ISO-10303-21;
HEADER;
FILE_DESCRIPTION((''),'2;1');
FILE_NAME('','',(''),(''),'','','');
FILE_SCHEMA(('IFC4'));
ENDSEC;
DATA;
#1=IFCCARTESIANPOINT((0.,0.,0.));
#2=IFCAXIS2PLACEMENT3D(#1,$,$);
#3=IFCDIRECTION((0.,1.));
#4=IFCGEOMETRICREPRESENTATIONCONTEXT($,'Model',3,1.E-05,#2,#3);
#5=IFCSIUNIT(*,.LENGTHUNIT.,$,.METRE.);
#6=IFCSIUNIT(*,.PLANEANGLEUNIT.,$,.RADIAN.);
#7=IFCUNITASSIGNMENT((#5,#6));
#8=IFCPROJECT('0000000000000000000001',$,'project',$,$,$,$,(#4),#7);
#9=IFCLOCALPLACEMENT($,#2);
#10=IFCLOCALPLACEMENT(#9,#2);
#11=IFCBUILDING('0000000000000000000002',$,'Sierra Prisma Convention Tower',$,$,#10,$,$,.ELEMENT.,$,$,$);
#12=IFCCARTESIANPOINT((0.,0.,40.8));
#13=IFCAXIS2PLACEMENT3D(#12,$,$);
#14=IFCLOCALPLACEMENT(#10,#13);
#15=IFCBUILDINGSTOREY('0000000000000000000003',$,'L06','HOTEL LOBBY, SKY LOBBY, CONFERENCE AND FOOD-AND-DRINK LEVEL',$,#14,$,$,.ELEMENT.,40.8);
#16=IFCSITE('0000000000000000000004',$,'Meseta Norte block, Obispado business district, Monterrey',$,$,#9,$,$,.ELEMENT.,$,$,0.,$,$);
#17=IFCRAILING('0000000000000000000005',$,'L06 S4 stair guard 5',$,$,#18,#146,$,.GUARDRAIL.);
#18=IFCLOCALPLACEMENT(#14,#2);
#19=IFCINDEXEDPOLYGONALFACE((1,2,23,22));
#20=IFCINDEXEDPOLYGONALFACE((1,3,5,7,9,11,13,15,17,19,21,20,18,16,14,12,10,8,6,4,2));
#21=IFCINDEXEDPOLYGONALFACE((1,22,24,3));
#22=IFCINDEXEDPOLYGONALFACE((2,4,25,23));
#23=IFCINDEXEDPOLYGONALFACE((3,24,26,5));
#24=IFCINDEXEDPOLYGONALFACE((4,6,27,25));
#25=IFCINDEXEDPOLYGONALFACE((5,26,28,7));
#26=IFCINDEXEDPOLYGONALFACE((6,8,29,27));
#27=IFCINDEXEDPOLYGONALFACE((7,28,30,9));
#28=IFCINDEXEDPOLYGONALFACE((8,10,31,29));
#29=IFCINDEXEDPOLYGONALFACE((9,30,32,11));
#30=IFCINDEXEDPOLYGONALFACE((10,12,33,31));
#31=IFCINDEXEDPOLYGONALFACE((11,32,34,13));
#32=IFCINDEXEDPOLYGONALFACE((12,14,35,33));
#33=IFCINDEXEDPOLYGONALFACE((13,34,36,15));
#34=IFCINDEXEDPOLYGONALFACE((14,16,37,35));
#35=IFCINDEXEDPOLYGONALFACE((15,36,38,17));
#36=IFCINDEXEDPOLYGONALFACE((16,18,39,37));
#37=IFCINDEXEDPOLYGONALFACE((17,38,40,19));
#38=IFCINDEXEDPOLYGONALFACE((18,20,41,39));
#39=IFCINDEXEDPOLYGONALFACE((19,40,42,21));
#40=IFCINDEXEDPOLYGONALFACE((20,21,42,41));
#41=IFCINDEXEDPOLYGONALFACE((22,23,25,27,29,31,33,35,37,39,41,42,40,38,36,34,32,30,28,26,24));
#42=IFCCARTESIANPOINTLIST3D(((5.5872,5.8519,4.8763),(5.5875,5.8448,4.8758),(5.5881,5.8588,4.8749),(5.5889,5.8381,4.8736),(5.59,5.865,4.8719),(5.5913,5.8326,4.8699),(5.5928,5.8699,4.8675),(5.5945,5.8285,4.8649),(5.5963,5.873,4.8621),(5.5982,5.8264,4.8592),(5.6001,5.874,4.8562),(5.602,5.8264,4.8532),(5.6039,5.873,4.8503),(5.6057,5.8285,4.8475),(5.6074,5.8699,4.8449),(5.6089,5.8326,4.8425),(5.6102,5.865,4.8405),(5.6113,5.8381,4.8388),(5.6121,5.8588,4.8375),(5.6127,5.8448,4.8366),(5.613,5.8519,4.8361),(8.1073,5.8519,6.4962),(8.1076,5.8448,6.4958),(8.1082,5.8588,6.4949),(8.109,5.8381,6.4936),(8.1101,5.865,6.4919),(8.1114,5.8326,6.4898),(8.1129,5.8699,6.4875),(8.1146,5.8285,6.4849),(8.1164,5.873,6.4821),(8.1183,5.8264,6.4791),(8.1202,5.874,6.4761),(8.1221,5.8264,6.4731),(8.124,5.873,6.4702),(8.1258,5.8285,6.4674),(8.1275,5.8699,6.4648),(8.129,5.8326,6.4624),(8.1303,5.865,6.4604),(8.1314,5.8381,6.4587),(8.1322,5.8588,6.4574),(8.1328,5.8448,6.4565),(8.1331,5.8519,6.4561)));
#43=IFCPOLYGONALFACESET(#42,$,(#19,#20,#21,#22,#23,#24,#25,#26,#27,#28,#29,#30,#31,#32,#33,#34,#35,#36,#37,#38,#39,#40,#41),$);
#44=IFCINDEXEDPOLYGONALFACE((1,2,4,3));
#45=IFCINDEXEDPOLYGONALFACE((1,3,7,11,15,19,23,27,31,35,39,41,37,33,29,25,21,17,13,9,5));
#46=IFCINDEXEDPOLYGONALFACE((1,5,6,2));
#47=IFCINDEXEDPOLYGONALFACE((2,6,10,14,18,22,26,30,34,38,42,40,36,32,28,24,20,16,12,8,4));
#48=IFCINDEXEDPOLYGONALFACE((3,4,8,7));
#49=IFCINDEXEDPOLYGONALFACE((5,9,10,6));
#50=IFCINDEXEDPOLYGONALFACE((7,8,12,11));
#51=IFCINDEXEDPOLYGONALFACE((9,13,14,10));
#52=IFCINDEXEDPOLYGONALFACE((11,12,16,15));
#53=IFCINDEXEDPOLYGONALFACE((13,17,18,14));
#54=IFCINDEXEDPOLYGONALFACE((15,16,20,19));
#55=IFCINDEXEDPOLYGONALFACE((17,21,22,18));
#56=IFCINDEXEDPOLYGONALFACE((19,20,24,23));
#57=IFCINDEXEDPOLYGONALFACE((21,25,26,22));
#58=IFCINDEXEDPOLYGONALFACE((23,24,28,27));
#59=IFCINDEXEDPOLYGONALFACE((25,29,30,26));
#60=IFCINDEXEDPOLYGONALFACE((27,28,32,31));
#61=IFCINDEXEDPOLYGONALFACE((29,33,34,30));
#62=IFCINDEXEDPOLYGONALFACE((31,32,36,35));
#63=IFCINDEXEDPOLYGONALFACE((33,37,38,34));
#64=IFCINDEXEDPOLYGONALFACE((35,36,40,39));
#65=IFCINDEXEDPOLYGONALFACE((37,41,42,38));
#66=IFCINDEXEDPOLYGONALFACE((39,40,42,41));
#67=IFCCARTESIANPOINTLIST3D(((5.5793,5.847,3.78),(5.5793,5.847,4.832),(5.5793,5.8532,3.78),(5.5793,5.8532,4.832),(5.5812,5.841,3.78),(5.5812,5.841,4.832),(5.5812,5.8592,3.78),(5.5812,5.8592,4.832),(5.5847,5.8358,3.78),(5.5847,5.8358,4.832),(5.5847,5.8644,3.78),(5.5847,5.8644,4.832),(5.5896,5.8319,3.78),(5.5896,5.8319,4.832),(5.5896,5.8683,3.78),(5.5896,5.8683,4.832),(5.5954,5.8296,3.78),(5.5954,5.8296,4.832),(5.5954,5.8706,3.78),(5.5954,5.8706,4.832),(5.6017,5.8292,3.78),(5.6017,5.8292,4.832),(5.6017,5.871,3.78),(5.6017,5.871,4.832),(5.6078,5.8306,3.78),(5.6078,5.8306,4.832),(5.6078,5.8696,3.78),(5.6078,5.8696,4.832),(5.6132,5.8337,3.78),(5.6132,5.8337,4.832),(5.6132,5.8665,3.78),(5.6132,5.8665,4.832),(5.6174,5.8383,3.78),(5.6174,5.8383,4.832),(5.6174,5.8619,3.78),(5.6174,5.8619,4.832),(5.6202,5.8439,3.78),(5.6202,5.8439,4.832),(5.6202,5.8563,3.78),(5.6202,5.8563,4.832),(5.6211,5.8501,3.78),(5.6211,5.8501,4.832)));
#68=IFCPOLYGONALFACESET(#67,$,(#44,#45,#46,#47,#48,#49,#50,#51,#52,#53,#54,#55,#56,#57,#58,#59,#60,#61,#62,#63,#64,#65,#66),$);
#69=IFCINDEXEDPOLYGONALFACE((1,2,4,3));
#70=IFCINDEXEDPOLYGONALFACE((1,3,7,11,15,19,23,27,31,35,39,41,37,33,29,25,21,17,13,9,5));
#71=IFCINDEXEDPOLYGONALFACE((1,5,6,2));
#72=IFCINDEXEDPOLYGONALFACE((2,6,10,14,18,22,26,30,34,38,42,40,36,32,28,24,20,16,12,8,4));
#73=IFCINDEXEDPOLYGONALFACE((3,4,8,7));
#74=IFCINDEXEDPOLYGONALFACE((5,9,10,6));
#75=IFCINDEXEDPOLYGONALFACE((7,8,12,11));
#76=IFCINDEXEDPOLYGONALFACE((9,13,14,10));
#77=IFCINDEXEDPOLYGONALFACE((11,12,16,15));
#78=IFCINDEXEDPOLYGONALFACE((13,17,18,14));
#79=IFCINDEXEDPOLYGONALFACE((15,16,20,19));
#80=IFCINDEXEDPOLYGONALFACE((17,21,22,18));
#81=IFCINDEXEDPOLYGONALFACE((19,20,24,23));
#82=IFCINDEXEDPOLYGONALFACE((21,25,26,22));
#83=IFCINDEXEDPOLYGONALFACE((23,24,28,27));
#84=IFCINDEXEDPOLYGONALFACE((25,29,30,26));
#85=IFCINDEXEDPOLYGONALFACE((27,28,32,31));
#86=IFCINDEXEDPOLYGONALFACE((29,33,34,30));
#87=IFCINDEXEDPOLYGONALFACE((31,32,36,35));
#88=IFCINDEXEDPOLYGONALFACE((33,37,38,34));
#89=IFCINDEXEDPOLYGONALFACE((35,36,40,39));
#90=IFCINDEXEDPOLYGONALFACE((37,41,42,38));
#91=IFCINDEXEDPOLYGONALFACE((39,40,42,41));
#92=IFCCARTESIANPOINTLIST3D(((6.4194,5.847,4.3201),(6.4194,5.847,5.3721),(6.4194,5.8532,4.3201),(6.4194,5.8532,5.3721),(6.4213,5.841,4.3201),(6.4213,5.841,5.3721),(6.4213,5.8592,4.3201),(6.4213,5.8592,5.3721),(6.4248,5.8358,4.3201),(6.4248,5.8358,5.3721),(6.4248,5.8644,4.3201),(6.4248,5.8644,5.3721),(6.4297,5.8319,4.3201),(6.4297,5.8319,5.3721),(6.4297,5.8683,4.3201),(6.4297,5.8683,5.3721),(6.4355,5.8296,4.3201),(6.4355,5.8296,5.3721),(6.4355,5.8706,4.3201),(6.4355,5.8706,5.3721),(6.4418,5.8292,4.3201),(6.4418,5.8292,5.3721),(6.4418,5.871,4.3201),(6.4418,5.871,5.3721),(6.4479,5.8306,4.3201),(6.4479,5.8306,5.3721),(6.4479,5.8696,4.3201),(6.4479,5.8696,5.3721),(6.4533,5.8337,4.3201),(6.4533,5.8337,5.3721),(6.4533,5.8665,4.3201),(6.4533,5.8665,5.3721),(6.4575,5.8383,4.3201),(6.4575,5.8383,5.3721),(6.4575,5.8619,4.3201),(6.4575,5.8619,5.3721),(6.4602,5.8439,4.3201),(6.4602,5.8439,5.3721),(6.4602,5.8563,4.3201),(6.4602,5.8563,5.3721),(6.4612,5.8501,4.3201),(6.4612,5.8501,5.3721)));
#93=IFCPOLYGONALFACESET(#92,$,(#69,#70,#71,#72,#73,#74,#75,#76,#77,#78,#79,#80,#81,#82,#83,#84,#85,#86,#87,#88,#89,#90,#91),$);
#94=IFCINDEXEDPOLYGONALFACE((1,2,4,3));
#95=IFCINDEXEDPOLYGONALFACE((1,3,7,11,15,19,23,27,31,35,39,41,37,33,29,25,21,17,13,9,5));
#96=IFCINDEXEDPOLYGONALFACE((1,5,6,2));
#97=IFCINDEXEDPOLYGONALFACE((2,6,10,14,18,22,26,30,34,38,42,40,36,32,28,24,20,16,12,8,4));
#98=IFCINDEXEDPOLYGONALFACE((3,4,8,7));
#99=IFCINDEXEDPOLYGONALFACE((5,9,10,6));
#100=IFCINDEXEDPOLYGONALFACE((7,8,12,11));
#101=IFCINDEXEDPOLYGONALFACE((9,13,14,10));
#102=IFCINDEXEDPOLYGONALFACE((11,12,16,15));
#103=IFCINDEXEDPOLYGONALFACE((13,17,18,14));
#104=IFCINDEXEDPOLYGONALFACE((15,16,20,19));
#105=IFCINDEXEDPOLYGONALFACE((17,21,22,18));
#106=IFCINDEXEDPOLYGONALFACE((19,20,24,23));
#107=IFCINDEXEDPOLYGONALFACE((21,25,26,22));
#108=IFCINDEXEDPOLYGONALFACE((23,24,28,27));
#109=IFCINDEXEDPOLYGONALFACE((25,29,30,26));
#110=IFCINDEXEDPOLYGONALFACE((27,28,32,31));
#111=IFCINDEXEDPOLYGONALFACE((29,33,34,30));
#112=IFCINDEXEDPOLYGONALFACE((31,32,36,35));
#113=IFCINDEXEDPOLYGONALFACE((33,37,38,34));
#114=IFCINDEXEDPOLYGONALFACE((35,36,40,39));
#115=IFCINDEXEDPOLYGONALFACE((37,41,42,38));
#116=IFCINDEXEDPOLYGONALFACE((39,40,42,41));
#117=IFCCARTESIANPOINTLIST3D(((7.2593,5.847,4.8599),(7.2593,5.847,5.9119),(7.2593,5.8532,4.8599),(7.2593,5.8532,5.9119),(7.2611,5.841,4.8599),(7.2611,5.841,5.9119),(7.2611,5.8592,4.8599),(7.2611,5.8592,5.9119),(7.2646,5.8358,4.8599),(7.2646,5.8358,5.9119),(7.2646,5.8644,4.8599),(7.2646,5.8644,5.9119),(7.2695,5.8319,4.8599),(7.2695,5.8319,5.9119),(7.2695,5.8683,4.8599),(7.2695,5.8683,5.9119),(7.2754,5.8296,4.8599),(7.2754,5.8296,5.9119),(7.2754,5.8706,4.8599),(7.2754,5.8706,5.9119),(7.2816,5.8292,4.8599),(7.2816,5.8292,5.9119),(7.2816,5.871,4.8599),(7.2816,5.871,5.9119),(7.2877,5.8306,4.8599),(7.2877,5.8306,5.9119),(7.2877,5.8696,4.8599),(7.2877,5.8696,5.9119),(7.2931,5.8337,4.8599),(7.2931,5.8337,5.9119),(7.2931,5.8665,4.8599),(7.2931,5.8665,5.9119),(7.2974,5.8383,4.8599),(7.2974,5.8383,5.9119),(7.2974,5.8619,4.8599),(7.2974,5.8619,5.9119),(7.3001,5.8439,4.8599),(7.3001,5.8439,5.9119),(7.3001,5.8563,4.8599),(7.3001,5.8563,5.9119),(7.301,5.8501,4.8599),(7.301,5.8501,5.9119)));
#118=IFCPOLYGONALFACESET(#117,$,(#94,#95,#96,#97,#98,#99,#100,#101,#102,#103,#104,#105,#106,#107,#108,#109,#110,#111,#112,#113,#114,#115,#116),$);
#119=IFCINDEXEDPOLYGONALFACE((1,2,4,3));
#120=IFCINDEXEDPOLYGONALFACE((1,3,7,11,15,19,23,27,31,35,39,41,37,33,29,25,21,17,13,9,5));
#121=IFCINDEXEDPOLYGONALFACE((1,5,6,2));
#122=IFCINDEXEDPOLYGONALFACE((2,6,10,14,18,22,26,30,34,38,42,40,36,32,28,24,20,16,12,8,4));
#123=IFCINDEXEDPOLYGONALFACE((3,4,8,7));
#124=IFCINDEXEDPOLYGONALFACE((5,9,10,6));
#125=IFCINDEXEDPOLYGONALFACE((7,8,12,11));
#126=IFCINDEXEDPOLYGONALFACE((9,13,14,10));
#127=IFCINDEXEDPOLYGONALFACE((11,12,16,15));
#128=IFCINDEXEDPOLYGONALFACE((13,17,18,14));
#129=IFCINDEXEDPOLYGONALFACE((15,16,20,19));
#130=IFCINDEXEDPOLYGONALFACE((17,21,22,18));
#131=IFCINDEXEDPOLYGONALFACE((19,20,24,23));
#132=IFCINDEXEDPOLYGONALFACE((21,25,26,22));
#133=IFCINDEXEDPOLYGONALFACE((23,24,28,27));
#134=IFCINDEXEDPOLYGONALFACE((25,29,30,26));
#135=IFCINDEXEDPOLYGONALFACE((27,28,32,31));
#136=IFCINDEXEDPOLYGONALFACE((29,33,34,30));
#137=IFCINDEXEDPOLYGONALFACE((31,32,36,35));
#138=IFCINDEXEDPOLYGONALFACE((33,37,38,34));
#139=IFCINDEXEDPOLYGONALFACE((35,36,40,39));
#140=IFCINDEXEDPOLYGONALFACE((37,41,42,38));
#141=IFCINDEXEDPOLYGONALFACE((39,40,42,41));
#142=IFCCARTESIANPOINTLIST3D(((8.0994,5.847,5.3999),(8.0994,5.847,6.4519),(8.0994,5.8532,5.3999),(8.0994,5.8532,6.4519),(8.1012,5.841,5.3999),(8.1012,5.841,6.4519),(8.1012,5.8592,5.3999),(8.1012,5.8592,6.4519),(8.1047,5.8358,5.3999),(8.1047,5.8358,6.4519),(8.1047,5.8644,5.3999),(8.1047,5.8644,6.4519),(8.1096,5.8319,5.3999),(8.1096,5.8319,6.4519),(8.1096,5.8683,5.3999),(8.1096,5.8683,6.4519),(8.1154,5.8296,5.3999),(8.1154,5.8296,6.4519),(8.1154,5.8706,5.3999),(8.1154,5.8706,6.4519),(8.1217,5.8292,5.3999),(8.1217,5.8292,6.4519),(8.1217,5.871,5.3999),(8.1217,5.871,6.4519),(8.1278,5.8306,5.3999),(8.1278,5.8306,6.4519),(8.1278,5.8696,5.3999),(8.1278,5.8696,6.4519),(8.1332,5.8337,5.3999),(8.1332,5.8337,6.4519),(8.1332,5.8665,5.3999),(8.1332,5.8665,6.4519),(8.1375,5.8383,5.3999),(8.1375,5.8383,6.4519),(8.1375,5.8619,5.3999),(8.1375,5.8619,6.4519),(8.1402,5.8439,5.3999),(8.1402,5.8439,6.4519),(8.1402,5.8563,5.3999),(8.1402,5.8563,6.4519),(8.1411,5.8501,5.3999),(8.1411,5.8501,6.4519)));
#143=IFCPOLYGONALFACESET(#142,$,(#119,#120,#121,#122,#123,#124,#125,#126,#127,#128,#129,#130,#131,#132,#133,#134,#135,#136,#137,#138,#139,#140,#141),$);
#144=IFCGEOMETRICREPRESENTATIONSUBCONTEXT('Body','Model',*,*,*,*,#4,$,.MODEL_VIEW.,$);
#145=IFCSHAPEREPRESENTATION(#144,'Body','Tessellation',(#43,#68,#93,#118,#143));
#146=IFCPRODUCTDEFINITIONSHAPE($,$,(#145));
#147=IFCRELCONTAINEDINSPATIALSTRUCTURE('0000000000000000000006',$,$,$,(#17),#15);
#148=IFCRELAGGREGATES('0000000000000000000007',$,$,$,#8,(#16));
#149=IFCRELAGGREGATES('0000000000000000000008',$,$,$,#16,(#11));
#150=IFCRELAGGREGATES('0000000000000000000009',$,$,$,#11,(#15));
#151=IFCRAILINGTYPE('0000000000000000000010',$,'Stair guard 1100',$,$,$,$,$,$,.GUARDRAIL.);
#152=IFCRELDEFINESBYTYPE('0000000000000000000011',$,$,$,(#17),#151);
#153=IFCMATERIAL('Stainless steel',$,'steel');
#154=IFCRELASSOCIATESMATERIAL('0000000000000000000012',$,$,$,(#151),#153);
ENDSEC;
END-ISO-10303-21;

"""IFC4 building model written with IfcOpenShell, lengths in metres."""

from ifc_helpers import new_model, si_unit, direction, frame, origin, origin_2d, place, context, subcontext, project, spatial, circle, extrude, material, type_object, element, save


model = new_model("IFC4")

# Units and contexts
model_context = context("Model", 3, precision=1e-05, world=origin(), true_north=direction((0.0, 1.0)))
body_context = subcontext(model_context, "Body", "Model", "MODEL_VIEW")
ifc_project = project(units=[si_unit("LENGTHUNIT", "METRE"), si_unit("PLANEANGLEUNIT", "RADIAN")], contexts=[model_context])

# Site, building, storey
site_placement = place(None, origin())
site = spatial("IfcSite", under=ifc_project, at=site_placement, Name="Meseta Norte block, Obispado business district, Monterrey", CompositionType="ELEMENT", RefElevation=0.0)
building_placement = place(site_placement, origin())
building = spatial("IfcBuilding", under=site, at=building_placement, Name="Sierra Prisma Convention Tower", CompositionType="ELEMENT")
storey_placement = place(building_placement, frame((0.0, 0.0, 40.8)))
storey = spatial("IfcBuildingStorey", under=building, at=storey_placement, Name="L06", Description="HOTEL LOBBY, SKY LOBBY, CONFERENCE AND FOOD-AND-DRINK LEVEL", CompositionType="ELEMENT", Elevation=40.8)

# Railing
ifc_material_1 = material(Name="Stainless steel", Category="steel")
railing_type_1 = type_object("IfcRailingType", Name="Stair guard 1100", PredefinedType="GUARDRAIL", material=ifc_material_1)
railing_1_placement = place(storey_placement, frame((5.6001, 5.8501, 3.78)))
element("IfcRailing", 1, at=railing_1_placement, inside=storey, type_object=railing_type_1, Name="L06 S4 stair guard 5", PredefinedType="GUARDRAIL", context=body_context, shape_type="SweptSolid", body=[
    extrude(circle(Radius=0.0239, at=origin_2d()), frame((0.0, 0.0, 1.0762), z_axis=(0.8412, 0.0, 0.540725), x_axis=(0.0, 1.0, 0.0)), (0.0, 0.0, 1.0), 2.9958),
    extrude(circle(Radius=0.021, at=origin_2d()), origin(), (0.0, 0.0, 1.0), 1.052),
    extrude(circle(Radius=0.021, at=origin_2d()), frame((0.8401, 0.0, 0.54)), (0.0, 0.0, 1.0), 1.052),
    extrude(circle(Radius=0.021, at=origin_2d()), frame((1.6799, 0.0, 1.0798)), (0.0, 0.0, 1.0), 1.052),
    extrude(circle(Radius=0.021, at=origin_2d()), frame((2.52, 0.0, 1.6199)), (0.0, 0.0, 1.0), 1.052),
])

save(model, "model.ifc")
